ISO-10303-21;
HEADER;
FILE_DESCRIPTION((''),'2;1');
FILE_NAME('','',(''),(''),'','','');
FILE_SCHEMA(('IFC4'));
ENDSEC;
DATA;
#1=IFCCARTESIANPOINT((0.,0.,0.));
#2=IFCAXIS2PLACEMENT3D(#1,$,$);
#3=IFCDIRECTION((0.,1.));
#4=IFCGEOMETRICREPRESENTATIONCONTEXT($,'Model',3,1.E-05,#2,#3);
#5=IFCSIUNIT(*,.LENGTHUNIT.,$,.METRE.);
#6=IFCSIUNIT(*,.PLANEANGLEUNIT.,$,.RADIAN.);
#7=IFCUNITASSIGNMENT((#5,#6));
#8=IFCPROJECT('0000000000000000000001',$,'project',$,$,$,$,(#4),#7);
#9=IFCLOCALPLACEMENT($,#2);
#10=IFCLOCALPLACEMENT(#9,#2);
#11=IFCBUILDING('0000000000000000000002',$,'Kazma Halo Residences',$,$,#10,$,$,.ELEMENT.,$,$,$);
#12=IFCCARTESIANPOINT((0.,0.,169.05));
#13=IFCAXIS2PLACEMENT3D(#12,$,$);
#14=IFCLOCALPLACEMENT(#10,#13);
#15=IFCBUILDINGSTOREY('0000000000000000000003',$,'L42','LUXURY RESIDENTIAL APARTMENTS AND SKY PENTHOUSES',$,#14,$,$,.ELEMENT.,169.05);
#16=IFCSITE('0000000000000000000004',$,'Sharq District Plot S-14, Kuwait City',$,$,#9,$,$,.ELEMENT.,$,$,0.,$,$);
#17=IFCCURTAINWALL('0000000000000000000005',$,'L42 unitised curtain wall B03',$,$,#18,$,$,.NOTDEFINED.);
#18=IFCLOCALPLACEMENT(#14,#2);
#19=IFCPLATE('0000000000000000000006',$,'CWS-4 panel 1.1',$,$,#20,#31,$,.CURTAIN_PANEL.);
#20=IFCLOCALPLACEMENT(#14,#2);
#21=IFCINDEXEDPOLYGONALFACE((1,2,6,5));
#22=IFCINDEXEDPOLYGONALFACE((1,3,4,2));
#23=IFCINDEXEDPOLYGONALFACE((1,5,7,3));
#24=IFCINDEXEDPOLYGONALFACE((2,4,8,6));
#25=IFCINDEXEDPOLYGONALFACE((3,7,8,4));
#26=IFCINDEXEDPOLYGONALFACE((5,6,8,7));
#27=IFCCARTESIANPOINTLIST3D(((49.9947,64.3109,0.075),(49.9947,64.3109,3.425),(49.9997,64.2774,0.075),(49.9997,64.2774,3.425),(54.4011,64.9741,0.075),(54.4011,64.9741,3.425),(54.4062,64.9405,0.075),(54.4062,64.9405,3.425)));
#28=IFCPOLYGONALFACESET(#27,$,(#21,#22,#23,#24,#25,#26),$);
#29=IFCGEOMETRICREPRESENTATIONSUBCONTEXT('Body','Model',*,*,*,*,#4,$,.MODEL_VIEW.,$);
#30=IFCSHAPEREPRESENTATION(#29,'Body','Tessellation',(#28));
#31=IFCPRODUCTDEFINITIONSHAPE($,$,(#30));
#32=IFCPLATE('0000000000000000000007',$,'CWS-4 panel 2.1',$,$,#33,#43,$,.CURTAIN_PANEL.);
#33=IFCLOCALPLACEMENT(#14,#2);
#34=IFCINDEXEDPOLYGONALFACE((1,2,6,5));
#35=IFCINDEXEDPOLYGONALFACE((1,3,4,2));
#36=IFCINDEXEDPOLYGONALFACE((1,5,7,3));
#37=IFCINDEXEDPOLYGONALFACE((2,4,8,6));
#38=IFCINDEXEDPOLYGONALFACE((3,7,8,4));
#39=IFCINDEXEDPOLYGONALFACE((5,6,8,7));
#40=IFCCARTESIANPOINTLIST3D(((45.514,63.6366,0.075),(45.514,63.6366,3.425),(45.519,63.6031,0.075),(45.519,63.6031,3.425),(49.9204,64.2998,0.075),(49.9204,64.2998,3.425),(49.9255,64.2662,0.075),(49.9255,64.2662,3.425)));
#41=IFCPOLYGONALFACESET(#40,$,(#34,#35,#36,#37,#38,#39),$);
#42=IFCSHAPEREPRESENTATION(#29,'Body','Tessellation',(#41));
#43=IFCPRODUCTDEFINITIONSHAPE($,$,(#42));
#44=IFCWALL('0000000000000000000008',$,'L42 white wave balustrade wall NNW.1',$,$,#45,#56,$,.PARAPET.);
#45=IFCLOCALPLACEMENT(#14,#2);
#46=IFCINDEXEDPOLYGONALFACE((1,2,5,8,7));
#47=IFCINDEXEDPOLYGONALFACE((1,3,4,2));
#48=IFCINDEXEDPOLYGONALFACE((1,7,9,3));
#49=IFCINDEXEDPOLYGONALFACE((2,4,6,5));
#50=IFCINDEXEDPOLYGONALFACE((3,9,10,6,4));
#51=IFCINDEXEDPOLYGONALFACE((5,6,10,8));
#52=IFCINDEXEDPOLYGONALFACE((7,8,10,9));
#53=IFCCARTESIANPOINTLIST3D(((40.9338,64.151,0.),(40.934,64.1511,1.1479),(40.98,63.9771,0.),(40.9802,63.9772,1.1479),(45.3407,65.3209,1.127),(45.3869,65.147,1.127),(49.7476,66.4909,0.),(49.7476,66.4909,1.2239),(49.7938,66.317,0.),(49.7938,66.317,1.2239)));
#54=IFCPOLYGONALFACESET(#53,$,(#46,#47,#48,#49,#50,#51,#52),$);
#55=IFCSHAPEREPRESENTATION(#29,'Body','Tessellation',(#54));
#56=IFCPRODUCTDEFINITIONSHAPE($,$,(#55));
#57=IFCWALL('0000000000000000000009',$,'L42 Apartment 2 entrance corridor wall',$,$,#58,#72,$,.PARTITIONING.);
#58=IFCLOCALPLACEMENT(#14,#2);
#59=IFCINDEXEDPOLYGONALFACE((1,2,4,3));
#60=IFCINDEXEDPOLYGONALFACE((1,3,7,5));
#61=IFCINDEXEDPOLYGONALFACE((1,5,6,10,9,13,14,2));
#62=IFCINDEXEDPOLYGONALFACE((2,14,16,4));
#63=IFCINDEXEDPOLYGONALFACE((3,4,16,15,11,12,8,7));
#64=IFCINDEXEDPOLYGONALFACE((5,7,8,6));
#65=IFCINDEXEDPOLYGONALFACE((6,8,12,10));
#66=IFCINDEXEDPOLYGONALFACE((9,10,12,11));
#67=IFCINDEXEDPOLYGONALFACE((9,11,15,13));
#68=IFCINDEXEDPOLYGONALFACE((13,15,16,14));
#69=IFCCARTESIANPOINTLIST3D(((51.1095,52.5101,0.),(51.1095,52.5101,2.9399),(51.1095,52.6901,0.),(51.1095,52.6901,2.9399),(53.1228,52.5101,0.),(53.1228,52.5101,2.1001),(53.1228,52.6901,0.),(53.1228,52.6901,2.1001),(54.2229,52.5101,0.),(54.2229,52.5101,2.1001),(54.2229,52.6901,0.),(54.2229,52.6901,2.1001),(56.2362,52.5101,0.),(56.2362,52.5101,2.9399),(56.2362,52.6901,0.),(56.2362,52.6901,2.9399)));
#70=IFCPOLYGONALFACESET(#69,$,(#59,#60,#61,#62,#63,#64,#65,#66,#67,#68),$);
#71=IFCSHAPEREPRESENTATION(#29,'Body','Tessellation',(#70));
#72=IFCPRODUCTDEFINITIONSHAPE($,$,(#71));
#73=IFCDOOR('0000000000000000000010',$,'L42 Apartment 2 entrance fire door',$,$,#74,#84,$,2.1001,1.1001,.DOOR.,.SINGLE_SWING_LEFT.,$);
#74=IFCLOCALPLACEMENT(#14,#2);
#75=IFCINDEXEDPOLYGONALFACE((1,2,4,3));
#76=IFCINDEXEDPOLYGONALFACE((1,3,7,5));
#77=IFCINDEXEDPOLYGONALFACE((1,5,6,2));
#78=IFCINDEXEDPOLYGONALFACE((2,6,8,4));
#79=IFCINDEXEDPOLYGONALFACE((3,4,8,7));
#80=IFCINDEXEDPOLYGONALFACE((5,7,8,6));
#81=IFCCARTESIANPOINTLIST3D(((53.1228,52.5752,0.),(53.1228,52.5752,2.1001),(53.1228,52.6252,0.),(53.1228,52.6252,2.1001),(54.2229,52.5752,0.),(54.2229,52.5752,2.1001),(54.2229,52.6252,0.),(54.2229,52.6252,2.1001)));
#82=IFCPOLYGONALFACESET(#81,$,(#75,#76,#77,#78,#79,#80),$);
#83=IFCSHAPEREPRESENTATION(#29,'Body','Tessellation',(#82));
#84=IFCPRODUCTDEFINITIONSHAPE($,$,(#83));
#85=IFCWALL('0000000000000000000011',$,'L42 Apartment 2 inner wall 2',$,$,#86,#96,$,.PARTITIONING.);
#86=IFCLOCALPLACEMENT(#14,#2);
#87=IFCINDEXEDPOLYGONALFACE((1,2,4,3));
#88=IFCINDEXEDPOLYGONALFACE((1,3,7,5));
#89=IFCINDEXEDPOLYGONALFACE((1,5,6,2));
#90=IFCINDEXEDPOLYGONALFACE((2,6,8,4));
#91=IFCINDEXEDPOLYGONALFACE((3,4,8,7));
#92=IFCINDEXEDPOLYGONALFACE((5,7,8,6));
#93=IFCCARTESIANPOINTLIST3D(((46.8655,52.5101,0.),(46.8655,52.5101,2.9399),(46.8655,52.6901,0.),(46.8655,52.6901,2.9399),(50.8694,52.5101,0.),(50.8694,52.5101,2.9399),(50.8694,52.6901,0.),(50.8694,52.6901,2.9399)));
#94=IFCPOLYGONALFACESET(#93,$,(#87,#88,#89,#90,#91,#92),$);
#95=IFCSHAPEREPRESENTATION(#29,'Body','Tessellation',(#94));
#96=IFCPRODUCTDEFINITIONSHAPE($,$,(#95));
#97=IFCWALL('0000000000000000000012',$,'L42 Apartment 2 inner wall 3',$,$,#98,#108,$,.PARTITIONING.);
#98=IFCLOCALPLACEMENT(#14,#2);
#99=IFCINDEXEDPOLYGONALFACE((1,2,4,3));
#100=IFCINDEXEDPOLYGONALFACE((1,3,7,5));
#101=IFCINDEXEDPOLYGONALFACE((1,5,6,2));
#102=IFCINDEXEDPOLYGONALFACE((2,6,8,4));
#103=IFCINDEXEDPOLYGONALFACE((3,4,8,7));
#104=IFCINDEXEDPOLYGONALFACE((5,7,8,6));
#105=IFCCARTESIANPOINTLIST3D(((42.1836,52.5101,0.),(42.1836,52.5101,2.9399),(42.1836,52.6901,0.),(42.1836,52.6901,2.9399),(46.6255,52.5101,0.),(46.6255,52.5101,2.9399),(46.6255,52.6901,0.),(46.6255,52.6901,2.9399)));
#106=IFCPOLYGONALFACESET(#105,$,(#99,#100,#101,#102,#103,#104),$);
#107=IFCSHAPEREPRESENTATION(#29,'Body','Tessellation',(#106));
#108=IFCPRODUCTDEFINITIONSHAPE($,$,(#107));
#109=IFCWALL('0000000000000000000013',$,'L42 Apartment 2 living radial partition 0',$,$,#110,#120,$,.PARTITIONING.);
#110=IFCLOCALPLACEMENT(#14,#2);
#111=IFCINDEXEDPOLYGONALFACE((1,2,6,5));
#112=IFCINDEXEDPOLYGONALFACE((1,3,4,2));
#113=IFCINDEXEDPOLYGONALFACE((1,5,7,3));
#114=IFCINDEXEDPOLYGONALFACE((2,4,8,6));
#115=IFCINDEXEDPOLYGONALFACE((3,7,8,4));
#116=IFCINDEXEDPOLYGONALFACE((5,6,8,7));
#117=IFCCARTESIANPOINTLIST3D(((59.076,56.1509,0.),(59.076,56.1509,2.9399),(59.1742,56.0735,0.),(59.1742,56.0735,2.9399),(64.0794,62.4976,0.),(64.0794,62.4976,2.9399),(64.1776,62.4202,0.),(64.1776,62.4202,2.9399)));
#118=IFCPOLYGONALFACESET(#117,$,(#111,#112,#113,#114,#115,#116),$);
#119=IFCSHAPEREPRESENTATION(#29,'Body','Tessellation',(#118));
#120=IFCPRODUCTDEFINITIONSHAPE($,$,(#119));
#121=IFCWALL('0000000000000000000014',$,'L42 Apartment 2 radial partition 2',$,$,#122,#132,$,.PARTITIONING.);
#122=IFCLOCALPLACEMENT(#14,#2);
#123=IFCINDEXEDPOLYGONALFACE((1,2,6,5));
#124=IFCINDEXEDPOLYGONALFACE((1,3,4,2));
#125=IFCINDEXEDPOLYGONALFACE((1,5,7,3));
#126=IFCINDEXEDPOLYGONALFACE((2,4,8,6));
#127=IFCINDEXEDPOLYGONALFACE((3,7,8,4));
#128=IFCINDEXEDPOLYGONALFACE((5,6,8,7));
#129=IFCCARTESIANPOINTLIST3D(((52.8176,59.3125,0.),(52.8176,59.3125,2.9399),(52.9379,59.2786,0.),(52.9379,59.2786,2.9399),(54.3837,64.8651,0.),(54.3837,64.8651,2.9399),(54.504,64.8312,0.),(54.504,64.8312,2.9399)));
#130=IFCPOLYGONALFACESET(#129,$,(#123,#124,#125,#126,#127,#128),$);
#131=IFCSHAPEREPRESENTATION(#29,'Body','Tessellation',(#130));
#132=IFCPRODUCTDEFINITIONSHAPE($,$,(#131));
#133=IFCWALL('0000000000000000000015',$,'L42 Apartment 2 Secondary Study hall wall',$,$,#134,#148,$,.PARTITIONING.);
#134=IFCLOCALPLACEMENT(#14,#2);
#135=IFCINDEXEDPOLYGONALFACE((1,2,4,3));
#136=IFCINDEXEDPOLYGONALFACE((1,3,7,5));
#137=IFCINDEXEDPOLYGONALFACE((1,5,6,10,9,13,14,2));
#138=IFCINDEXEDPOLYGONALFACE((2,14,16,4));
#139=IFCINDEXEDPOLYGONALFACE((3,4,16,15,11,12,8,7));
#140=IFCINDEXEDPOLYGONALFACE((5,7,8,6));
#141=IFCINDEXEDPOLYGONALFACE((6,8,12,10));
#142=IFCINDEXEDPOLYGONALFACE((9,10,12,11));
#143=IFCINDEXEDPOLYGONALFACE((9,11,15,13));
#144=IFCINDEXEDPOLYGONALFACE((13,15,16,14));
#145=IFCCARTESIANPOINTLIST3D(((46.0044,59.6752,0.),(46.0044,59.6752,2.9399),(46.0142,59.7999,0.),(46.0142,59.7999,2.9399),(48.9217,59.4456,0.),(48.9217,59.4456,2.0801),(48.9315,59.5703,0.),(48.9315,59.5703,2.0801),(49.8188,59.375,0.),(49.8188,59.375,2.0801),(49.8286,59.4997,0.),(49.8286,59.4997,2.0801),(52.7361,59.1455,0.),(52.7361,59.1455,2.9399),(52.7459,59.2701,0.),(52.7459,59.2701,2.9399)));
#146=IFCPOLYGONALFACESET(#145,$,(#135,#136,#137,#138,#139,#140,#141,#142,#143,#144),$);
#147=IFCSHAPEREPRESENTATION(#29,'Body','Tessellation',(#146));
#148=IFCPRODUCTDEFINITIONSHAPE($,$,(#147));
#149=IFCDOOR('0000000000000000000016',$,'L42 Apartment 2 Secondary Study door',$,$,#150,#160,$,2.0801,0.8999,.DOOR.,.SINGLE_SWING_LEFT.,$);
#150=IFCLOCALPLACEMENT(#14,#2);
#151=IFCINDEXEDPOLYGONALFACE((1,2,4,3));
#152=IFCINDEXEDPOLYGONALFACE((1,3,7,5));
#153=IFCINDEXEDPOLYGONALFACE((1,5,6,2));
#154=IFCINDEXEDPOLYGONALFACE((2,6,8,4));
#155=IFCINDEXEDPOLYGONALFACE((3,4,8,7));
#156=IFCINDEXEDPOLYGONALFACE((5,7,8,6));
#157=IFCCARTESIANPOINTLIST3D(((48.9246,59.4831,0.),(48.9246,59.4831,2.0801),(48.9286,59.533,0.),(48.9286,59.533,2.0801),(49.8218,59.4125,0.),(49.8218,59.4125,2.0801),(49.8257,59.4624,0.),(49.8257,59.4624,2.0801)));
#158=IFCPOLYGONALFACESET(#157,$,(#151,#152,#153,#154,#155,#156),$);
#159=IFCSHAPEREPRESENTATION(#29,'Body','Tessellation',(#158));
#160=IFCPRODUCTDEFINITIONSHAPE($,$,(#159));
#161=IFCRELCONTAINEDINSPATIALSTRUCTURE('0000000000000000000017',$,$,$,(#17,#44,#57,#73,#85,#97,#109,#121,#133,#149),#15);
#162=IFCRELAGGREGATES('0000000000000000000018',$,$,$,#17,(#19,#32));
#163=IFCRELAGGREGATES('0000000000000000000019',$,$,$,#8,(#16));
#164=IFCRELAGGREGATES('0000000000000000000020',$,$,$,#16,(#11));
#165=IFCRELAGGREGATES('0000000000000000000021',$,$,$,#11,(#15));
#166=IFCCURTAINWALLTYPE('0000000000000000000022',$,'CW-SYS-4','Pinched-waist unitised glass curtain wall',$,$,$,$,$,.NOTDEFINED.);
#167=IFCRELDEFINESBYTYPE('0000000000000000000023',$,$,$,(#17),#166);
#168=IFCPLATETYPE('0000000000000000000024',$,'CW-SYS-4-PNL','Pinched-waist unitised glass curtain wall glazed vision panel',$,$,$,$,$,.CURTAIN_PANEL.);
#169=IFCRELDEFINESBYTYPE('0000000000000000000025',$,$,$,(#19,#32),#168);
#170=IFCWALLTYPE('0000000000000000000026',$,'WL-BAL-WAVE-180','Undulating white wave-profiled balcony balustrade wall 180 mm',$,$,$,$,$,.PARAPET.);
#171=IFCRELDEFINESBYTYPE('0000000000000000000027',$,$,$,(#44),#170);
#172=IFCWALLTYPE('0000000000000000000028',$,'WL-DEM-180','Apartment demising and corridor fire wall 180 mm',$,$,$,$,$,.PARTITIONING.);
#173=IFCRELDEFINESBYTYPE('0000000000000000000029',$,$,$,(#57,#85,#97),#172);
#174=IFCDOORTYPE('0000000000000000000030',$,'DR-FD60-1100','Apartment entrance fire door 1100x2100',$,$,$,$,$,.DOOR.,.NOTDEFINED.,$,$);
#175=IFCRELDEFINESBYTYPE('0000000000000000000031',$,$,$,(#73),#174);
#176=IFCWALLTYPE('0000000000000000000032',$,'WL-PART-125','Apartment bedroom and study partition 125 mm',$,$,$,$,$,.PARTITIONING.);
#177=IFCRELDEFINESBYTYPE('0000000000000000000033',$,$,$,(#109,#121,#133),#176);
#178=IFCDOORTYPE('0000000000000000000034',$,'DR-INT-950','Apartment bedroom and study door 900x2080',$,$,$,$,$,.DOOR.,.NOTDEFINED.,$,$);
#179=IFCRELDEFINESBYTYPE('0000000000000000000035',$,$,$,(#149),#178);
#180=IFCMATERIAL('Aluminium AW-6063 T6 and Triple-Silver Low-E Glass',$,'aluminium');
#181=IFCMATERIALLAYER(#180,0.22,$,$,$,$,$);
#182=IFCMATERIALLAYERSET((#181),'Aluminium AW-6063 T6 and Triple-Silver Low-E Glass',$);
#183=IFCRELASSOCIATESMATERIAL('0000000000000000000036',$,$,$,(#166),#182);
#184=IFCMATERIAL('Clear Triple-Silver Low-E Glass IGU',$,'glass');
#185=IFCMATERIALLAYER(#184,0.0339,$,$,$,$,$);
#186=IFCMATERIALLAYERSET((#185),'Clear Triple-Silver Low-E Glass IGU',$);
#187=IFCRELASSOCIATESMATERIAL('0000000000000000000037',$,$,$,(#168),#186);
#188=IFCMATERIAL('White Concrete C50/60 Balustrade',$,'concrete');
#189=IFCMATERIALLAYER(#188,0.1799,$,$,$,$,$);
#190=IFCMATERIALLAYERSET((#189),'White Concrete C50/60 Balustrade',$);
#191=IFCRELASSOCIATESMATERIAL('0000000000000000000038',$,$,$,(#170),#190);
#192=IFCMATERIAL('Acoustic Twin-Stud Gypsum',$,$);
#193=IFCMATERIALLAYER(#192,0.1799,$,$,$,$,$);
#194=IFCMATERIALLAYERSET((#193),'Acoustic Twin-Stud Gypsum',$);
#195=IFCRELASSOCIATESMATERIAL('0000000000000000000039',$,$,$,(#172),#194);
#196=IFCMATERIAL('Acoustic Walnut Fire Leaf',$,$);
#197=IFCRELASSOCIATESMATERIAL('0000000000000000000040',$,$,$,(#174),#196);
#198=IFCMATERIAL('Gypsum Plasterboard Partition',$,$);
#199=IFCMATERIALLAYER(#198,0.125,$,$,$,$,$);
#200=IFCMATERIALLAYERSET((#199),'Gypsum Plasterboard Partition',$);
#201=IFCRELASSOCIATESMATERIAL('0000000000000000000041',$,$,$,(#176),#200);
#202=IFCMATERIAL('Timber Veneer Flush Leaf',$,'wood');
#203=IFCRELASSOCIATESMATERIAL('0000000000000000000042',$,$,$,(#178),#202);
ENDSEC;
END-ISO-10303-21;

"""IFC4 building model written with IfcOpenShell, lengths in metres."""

from ifc_helpers import new_model, si_unit, direction, frame, frame_2d, origin, origin_2d, place, context, subcontext, project, spatial, polyline, rectangle, outline, extrude, material, layer, layer_set, type_object, element, fill, aggregate, save


model = new_model("IFC4")

# Units and contexts
model_context = context("Model", 3, precision=1e-05, world=origin(), true_north=direction((0.0, 1.0)))
body_context = subcontext(model_context, "Body", "Model", "MODEL_VIEW")
ifc_project = project(units=[si_unit("LENGTHUNIT", "METRE"), si_unit("PLANEANGLEUNIT", "RADIAN")], contexts=[model_context])

# Site, building, storey
site_placement = place(None, origin())
site = spatial("IfcSite", under=ifc_project, at=site_placement, Name="Sharq District Plot S-14, Kuwait City", CompositionType="ELEMENT", RefElevation=0.0)
building_placement = place(site_placement, origin())
building = spatial("IfcBuilding", under=site, at=building_placement, Name="Kazma Halo Residences", CompositionType="ELEMENT")
storey_placement = place(building_placement, frame((0.0, 0.0, 169.05)))
storey = spatial("IfcBuildingStorey", under=building, at=storey_placement, Name="L42", Description="LUXURY RESIDENTIAL APARTMENTS AND SKY PENTHOUSES", CompositionType="ELEMENT", Elevation=169.05)

# Curtain wall, plates
ifc_material_1 = material(Name="Aluminium AW-6063 T6 and Triple-Silver Low-E Glass", Category="aluminium")
ifc_layer_1 = layer(ifc_material_1, 0.22)
ifc_layer_set_1 = layer_set([ifc_layer_1], Name="Aluminium AW-6063 T6 and Triple-Silver Low-E Glass")
curtain_wall_type = type_object("IfcCurtainWallType", Name="CW-SYS-4", Description="Pinched-waist unitised glass curtain wall", PredefinedType="NOTDEFINED", material=ifc_layer_set_1)
curtain_wall_placement = place(storey_placement, origin())
curtain_wall = element("IfcCurtainWall", 1, at=curtain_wall_placement, inside=storey, type_object=curtain_wall_type, Name="L42 unitised curtain wall B03", PredefinedType="NOTDEFINED")
ifc_material_2 = material(Name="Clear Triple-Silver Low-E Glass IGU", Category="glass")
ifc_layer_2 = layer(ifc_material_2, 0.0339)
ifc_layer_set_2 = layer_set([ifc_layer_2], Name="Clear Triple-Silver Low-E Glass IGU")
plate_type = type_object("IfcPlateType", Name="CW-SYS-4-PNL", Description="Pinched-waist unitised glass curtain wall glazed vision panel", PredefinedType="CURTAIN_PANEL", material=ifc_layer_set_2)
plate_1_placement = place(storey_placement, frame((52.2004, 64.6257, 0.075), z_axis=(0.0, 0.0, 1.0), x_axis=(-0.988864, -0.148821, 0.0)))
plate_1 = element("IfcPlate", 2, at=plate_1_placement, type_object=plate_type, Name="CWS-4 panel 1.1", PredefinedType="CURTAIN_PANEL", context=body_context, shape_type="SweptSolid", body=[
    extrude(rectangle(XDim=4.4561, YDim=0.0339, at=origin_2d()), origin(), (0.0, 0.0, 1.0), 3.3501),
])
plate_2_placement = place(storey_placement, frame((47.7197, 63.9514, 0.075), z_axis=(0.0, 0.0, 1.0), x_axis=(-0.988864, -0.148821, 0.0)))
plate_2 = element("IfcPlate", 3, at=plate_2_placement, type_object=plate_type, Name="CWS-4 panel 2.1", PredefinedType="CURTAIN_PANEL", context=body_context, shape_type="SweptSolid", body=[
    extrude(rectangle(XDim=4.4561, YDim=0.0339, at=origin_2d()), origin(), (0.0, 0.0, 1.0), 3.3501),
])
aggregate(curtain_wall, [plate_1, plate_2])

# Wall
ifc_material_3 = material(Name="White Concrete C50/60 Balustrade", Category="concrete")
ifc_layer_3 = layer(ifc_material_3, 0.1799)
ifc_layer_set_3 = layer_set([ifc_layer_3], Name="White Concrete C50/60 Balustrade")
wall_type_1 = type_object("IfcWallType", Name="WL-BAL-WAVE-180", Description="Undulating white wave-profiled balcony balustrade wall 180 mm", PredefinedType="PARAPET", material=ifc_layer_set_3)
wall_1_placement = place(storey_placement, frame((49.7708, 66.4038, 0.0), z_axis=(0.0, 0.0, 1.0), x_axis=(-0.966521, -0.256589, 0.0)))
element("IfcWall", 4, at=wall_1_placement, inside=storey, type_object=wall_type_1, Name="L42 white wave balustrade wall NNW.1", PredefinedType="PARAPET", context=body_context, shape_type="SweptSolid", body=[
    extrude(outline(polyline([(0.0, 0.0), (9.1191, 0.0), (9.1189, 1.1479), (4.5596, 1.127), (0.0, 1.2239), (0.0, 0.0)])), frame((0.0, 0.0898, 0.0), z_axis=(0.0, -1.0, 0.0), x_axis=(1.0, 0.0, 0.0)), (0.0, 0.0, 1.0), 0.1799),
])

# Wall, opening, door
ifc_material_4 = material(Name="Acoustic Twin-Stud Gypsum")
ifc_layer_4 = layer(ifc_material_4, 0.1799)
ifc_layer_set_4 = layer_set([ifc_layer_4], Name="Acoustic Twin-Stud Gypsum")
wall_type_2 = type_object("IfcWallType", Name="WL-DEM-180", Description="Apartment demising and corridor fire wall 180 mm", PredefinedType="PARTITIONING", material=ifc_layer_set_4)
wall_2_placement = place(storey_placement, frame((56.2363, 52.6001, 0.0), z_axis=(0.0, 0.0, 1.0), x_axis=(-1.0, 0.0, 0.0)))
wall_2 = element("IfcWall", 5, at=wall_2_placement, inside=storey, type_object=wall_type_2, Name="L42 Apartment 2 entrance corridor wall", PredefinedType="PARTITIONING", context=body_context, shape_type="SweptSolid", body=[
    extrude(rectangle(XDim=5.1267, YDim=0.1799, at=frame_2d((2.5635, 0.0))), origin(), (0.0, 0.0, 1.0), 2.9399),
])
opening_1_placement = place(wall_2_placement, frame((2.0134, 0.0, 0.0)))
opening_1 = element("IfcOpeningElement", 6, at=opening_1_placement, cuts=wall_2, PredefinedType="OPENING", context=body_context, shape_type="SweptSolid", body=[
    extrude(rectangle(XDim=1.1001, YDim=2.1001, at=frame_2d((0.55, 1.05))), frame((0.0, 0.0999, 0.0), z_axis=(0.0, -1.0, 0.0), x_axis=(1.0, 0.0, 0.0)), (0.0, 0.0, 1.0), 0.2),
])
ifc_material_5 = material(Name="Acoustic Walnut Fire Leaf")
door_type_1 = type_object("IfcDoorType", Name="DR-FD60-1100", Description="Apartment entrance fire door 1100x2100", OperationType="NOTDEFINED", PredefinedType="DOOR", material=ifc_material_5)
door_1_placement = place(opening_1_placement, origin())
door_1 = element("IfcDoor", 7, at=door_1_placement, inside=storey, type_object=door_type_1, Name="L42 Apartment 2 entrance fire door", OperationType="SINGLE_SWING_LEFT", OverallHeight=2.1001, OverallWidth=1.1001, PredefinedType="DOOR", context=body_context, shape_type="SweptSolid", body=[
    extrude(rectangle(XDim=1.1001, YDim=2.1001, at=frame_2d((0.55, 1.05))), frame((0.0, 0.0249, 0.0), z_axis=(0.0, -1.0, 0.0), x_axis=(1.0, 0.0, 0.0)), (0.0, 0.0, 1.0), 0.05),
])
fill(opening_1, door_1)

# Walls
wall_3_placement = place(storey_placement, frame((50.8694, 52.6001, 0.0), z_axis=(0.0, 0.0, 1.0), x_axis=(-1.0, 0.0, 0.0)))
element("IfcWall", 8, at=wall_3_placement, inside=storey, type_object=wall_type_2, Name="L42 Apartment 2 inner wall 2", PredefinedType="PARTITIONING", context=body_context, shape_type="SweptSolid", body=[
    extrude(rectangle(XDim=4.0039, YDim=0.1799, at=frame_2d((2.002, 0.0))), origin(), (0.0, 0.0, 1.0), 2.9399),
])
wall_4_placement = place(storey_placement, frame((46.6255, 52.6001, 0.0), z_axis=(0.0, 0.0, 1.0), x_axis=(-1.0, 0.0, 0.0)))
element("IfcWall", 9, at=wall_4_placement, inside=storey, type_object=wall_type_2, Name="L42 Apartment 2 inner wall 3", PredefinedType="PARTITIONING", context=body_context, shape_type="SweptSolid", body=[
    extrude(rectangle(XDim=4.4419, YDim=0.1799, at=frame_2d((2.2209, 0.0))), origin(), (0.0, 0.0, 1.0), 2.9399),
])
ifc_material_6 = material(Name="Gypsum Plasterboard Partition")
ifc_layer_5 = layer(ifc_material_6, 0.125)
ifc_layer_set_5 = layer_set([ifc_layer_5], Name="Gypsum Plasterboard Partition")
wall_type_3 = type_object("IfcWallType", Name="WL-PART-125", Description="Apartment bedroom and study partition 125 mm", PredefinedType="PARTITIONING", material=ifc_layer_set_5)
wall_5_placement = place(storey_placement, frame((59.125, 56.1121, 0.0), z_axis=(0.0, 0.0, 1.0), x_axis=(0.619102, 0.785311, 0.0)))
element("IfcWall", 10, at=wall_5_placement, inside=storey, type_object=wall_type_3, Name="L42 Apartment 2 living radial partition 0", PredefinedType="PARTITIONING", context=body_context, shape_type="SweptSolid", body=[
    extrude(rectangle(XDim=8.0818, YDim=0.125, at=frame_2d((4.041, 0.0))), origin(), (0.0, 0.0, 1.0), 2.9399),
])
wall_6_placement = place(storey_placement, frame((52.8777, 59.2954, 0.0), z_axis=(0.0, 0.0, 1.0), x_axis=(0.271461, 0.962449, 0.0)))
element("IfcWall", 11, at=wall_6_placement, inside=storey, type_object=wall_type_3, Name="L42 Apartment 2 radial partition 2", PredefinedType="PARTITIONING", context=body_context, shape_type="SweptSolid", body=[
    extrude(rectangle(XDim=5.7693, YDim=0.125, at=frame_2d((2.8848, 0.0))), origin(), (0.0, 0.0, 1.0), 2.9399),
])

# Wall, opening, door
wall_7_placement = place(storey_placement, frame((52.741, 59.2078, 0.0), z_axis=(0.0, 0.0, 1.0), x_axis=(-0.996917, 0.078458, 0.0)))
wall_7 = element("IfcWall", 12, at=wall_7_placement, inside=storey, type_object=wall_type_3, Name="L42 Apartment 2 Secondary Study hall wall", PredefinedType="PARTITIONING", context=body_context, shape_type="SweptSolid", body=[
    extrude(rectangle(XDim=6.7524, YDim=0.125, at=frame_2d((3.3762, 0.0))), origin(), (0.0, 0.0, 1.0), 2.9399),
])
opening_2_placement = place(wall_7_placement, frame((2.9263, 0.0, 0.0)))
opening_2 = element("IfcOpeningElement", 13, at=opening_2_placement, cuts=wall_7, PredefinedType="OPENING", context=body_context, shape_type="SweptSolid", body=[
    extrude(rectangle(XDim=0.8999, YDim=2.0801, at=frame_2d((0.45, 1.04))), frame((0.0, 0.0725, 0.0), z_axis=(0.0, -1.0, 0.0), x_axis=(1.0, 0.0, 0.0)), (0.0, 0.0, 1.0), 0.145),
])
ifc_material_7 = material(Name="Timber Veneer Flush Leaf", Category="wood")
door_type_2 = type_object("IfcDoorType", Name="DR-INT-950", Description="Apartment bedroom and study door 900x2080", OperationType="NOTDEFINED", PredefinedType="DOOR", material=ifc_material_7)
door_2_placement = place(opening_2_placement, origin())
door_2 = element("IfcDoor", 14, at=door_2_placement, inside=storey, type_object=door_type_2, Name="L42 Apartment 2 Secondary Study door", OperationType="SINGLE_SWING_LEFT", OverallHeight=2.0801, OverallWidth=0.8999, PredefinedType="DOOR", context=body_context, shape_type="SweptSolid", body=[
    extrude(rectangle(XDim=0.8999, YDim=2.0801, at=frame_2d((0.45, 1.04))), frame((0.0, 0.0249, 0.0), z_axis=(0.0, -1.0, 0.0), x_axis=(1.0, 0.0, 0.0)), (0.0, 0.0, 1.0), 0.05),
])
fill(opening_2, door_2)

save(model, "model.ifc")
